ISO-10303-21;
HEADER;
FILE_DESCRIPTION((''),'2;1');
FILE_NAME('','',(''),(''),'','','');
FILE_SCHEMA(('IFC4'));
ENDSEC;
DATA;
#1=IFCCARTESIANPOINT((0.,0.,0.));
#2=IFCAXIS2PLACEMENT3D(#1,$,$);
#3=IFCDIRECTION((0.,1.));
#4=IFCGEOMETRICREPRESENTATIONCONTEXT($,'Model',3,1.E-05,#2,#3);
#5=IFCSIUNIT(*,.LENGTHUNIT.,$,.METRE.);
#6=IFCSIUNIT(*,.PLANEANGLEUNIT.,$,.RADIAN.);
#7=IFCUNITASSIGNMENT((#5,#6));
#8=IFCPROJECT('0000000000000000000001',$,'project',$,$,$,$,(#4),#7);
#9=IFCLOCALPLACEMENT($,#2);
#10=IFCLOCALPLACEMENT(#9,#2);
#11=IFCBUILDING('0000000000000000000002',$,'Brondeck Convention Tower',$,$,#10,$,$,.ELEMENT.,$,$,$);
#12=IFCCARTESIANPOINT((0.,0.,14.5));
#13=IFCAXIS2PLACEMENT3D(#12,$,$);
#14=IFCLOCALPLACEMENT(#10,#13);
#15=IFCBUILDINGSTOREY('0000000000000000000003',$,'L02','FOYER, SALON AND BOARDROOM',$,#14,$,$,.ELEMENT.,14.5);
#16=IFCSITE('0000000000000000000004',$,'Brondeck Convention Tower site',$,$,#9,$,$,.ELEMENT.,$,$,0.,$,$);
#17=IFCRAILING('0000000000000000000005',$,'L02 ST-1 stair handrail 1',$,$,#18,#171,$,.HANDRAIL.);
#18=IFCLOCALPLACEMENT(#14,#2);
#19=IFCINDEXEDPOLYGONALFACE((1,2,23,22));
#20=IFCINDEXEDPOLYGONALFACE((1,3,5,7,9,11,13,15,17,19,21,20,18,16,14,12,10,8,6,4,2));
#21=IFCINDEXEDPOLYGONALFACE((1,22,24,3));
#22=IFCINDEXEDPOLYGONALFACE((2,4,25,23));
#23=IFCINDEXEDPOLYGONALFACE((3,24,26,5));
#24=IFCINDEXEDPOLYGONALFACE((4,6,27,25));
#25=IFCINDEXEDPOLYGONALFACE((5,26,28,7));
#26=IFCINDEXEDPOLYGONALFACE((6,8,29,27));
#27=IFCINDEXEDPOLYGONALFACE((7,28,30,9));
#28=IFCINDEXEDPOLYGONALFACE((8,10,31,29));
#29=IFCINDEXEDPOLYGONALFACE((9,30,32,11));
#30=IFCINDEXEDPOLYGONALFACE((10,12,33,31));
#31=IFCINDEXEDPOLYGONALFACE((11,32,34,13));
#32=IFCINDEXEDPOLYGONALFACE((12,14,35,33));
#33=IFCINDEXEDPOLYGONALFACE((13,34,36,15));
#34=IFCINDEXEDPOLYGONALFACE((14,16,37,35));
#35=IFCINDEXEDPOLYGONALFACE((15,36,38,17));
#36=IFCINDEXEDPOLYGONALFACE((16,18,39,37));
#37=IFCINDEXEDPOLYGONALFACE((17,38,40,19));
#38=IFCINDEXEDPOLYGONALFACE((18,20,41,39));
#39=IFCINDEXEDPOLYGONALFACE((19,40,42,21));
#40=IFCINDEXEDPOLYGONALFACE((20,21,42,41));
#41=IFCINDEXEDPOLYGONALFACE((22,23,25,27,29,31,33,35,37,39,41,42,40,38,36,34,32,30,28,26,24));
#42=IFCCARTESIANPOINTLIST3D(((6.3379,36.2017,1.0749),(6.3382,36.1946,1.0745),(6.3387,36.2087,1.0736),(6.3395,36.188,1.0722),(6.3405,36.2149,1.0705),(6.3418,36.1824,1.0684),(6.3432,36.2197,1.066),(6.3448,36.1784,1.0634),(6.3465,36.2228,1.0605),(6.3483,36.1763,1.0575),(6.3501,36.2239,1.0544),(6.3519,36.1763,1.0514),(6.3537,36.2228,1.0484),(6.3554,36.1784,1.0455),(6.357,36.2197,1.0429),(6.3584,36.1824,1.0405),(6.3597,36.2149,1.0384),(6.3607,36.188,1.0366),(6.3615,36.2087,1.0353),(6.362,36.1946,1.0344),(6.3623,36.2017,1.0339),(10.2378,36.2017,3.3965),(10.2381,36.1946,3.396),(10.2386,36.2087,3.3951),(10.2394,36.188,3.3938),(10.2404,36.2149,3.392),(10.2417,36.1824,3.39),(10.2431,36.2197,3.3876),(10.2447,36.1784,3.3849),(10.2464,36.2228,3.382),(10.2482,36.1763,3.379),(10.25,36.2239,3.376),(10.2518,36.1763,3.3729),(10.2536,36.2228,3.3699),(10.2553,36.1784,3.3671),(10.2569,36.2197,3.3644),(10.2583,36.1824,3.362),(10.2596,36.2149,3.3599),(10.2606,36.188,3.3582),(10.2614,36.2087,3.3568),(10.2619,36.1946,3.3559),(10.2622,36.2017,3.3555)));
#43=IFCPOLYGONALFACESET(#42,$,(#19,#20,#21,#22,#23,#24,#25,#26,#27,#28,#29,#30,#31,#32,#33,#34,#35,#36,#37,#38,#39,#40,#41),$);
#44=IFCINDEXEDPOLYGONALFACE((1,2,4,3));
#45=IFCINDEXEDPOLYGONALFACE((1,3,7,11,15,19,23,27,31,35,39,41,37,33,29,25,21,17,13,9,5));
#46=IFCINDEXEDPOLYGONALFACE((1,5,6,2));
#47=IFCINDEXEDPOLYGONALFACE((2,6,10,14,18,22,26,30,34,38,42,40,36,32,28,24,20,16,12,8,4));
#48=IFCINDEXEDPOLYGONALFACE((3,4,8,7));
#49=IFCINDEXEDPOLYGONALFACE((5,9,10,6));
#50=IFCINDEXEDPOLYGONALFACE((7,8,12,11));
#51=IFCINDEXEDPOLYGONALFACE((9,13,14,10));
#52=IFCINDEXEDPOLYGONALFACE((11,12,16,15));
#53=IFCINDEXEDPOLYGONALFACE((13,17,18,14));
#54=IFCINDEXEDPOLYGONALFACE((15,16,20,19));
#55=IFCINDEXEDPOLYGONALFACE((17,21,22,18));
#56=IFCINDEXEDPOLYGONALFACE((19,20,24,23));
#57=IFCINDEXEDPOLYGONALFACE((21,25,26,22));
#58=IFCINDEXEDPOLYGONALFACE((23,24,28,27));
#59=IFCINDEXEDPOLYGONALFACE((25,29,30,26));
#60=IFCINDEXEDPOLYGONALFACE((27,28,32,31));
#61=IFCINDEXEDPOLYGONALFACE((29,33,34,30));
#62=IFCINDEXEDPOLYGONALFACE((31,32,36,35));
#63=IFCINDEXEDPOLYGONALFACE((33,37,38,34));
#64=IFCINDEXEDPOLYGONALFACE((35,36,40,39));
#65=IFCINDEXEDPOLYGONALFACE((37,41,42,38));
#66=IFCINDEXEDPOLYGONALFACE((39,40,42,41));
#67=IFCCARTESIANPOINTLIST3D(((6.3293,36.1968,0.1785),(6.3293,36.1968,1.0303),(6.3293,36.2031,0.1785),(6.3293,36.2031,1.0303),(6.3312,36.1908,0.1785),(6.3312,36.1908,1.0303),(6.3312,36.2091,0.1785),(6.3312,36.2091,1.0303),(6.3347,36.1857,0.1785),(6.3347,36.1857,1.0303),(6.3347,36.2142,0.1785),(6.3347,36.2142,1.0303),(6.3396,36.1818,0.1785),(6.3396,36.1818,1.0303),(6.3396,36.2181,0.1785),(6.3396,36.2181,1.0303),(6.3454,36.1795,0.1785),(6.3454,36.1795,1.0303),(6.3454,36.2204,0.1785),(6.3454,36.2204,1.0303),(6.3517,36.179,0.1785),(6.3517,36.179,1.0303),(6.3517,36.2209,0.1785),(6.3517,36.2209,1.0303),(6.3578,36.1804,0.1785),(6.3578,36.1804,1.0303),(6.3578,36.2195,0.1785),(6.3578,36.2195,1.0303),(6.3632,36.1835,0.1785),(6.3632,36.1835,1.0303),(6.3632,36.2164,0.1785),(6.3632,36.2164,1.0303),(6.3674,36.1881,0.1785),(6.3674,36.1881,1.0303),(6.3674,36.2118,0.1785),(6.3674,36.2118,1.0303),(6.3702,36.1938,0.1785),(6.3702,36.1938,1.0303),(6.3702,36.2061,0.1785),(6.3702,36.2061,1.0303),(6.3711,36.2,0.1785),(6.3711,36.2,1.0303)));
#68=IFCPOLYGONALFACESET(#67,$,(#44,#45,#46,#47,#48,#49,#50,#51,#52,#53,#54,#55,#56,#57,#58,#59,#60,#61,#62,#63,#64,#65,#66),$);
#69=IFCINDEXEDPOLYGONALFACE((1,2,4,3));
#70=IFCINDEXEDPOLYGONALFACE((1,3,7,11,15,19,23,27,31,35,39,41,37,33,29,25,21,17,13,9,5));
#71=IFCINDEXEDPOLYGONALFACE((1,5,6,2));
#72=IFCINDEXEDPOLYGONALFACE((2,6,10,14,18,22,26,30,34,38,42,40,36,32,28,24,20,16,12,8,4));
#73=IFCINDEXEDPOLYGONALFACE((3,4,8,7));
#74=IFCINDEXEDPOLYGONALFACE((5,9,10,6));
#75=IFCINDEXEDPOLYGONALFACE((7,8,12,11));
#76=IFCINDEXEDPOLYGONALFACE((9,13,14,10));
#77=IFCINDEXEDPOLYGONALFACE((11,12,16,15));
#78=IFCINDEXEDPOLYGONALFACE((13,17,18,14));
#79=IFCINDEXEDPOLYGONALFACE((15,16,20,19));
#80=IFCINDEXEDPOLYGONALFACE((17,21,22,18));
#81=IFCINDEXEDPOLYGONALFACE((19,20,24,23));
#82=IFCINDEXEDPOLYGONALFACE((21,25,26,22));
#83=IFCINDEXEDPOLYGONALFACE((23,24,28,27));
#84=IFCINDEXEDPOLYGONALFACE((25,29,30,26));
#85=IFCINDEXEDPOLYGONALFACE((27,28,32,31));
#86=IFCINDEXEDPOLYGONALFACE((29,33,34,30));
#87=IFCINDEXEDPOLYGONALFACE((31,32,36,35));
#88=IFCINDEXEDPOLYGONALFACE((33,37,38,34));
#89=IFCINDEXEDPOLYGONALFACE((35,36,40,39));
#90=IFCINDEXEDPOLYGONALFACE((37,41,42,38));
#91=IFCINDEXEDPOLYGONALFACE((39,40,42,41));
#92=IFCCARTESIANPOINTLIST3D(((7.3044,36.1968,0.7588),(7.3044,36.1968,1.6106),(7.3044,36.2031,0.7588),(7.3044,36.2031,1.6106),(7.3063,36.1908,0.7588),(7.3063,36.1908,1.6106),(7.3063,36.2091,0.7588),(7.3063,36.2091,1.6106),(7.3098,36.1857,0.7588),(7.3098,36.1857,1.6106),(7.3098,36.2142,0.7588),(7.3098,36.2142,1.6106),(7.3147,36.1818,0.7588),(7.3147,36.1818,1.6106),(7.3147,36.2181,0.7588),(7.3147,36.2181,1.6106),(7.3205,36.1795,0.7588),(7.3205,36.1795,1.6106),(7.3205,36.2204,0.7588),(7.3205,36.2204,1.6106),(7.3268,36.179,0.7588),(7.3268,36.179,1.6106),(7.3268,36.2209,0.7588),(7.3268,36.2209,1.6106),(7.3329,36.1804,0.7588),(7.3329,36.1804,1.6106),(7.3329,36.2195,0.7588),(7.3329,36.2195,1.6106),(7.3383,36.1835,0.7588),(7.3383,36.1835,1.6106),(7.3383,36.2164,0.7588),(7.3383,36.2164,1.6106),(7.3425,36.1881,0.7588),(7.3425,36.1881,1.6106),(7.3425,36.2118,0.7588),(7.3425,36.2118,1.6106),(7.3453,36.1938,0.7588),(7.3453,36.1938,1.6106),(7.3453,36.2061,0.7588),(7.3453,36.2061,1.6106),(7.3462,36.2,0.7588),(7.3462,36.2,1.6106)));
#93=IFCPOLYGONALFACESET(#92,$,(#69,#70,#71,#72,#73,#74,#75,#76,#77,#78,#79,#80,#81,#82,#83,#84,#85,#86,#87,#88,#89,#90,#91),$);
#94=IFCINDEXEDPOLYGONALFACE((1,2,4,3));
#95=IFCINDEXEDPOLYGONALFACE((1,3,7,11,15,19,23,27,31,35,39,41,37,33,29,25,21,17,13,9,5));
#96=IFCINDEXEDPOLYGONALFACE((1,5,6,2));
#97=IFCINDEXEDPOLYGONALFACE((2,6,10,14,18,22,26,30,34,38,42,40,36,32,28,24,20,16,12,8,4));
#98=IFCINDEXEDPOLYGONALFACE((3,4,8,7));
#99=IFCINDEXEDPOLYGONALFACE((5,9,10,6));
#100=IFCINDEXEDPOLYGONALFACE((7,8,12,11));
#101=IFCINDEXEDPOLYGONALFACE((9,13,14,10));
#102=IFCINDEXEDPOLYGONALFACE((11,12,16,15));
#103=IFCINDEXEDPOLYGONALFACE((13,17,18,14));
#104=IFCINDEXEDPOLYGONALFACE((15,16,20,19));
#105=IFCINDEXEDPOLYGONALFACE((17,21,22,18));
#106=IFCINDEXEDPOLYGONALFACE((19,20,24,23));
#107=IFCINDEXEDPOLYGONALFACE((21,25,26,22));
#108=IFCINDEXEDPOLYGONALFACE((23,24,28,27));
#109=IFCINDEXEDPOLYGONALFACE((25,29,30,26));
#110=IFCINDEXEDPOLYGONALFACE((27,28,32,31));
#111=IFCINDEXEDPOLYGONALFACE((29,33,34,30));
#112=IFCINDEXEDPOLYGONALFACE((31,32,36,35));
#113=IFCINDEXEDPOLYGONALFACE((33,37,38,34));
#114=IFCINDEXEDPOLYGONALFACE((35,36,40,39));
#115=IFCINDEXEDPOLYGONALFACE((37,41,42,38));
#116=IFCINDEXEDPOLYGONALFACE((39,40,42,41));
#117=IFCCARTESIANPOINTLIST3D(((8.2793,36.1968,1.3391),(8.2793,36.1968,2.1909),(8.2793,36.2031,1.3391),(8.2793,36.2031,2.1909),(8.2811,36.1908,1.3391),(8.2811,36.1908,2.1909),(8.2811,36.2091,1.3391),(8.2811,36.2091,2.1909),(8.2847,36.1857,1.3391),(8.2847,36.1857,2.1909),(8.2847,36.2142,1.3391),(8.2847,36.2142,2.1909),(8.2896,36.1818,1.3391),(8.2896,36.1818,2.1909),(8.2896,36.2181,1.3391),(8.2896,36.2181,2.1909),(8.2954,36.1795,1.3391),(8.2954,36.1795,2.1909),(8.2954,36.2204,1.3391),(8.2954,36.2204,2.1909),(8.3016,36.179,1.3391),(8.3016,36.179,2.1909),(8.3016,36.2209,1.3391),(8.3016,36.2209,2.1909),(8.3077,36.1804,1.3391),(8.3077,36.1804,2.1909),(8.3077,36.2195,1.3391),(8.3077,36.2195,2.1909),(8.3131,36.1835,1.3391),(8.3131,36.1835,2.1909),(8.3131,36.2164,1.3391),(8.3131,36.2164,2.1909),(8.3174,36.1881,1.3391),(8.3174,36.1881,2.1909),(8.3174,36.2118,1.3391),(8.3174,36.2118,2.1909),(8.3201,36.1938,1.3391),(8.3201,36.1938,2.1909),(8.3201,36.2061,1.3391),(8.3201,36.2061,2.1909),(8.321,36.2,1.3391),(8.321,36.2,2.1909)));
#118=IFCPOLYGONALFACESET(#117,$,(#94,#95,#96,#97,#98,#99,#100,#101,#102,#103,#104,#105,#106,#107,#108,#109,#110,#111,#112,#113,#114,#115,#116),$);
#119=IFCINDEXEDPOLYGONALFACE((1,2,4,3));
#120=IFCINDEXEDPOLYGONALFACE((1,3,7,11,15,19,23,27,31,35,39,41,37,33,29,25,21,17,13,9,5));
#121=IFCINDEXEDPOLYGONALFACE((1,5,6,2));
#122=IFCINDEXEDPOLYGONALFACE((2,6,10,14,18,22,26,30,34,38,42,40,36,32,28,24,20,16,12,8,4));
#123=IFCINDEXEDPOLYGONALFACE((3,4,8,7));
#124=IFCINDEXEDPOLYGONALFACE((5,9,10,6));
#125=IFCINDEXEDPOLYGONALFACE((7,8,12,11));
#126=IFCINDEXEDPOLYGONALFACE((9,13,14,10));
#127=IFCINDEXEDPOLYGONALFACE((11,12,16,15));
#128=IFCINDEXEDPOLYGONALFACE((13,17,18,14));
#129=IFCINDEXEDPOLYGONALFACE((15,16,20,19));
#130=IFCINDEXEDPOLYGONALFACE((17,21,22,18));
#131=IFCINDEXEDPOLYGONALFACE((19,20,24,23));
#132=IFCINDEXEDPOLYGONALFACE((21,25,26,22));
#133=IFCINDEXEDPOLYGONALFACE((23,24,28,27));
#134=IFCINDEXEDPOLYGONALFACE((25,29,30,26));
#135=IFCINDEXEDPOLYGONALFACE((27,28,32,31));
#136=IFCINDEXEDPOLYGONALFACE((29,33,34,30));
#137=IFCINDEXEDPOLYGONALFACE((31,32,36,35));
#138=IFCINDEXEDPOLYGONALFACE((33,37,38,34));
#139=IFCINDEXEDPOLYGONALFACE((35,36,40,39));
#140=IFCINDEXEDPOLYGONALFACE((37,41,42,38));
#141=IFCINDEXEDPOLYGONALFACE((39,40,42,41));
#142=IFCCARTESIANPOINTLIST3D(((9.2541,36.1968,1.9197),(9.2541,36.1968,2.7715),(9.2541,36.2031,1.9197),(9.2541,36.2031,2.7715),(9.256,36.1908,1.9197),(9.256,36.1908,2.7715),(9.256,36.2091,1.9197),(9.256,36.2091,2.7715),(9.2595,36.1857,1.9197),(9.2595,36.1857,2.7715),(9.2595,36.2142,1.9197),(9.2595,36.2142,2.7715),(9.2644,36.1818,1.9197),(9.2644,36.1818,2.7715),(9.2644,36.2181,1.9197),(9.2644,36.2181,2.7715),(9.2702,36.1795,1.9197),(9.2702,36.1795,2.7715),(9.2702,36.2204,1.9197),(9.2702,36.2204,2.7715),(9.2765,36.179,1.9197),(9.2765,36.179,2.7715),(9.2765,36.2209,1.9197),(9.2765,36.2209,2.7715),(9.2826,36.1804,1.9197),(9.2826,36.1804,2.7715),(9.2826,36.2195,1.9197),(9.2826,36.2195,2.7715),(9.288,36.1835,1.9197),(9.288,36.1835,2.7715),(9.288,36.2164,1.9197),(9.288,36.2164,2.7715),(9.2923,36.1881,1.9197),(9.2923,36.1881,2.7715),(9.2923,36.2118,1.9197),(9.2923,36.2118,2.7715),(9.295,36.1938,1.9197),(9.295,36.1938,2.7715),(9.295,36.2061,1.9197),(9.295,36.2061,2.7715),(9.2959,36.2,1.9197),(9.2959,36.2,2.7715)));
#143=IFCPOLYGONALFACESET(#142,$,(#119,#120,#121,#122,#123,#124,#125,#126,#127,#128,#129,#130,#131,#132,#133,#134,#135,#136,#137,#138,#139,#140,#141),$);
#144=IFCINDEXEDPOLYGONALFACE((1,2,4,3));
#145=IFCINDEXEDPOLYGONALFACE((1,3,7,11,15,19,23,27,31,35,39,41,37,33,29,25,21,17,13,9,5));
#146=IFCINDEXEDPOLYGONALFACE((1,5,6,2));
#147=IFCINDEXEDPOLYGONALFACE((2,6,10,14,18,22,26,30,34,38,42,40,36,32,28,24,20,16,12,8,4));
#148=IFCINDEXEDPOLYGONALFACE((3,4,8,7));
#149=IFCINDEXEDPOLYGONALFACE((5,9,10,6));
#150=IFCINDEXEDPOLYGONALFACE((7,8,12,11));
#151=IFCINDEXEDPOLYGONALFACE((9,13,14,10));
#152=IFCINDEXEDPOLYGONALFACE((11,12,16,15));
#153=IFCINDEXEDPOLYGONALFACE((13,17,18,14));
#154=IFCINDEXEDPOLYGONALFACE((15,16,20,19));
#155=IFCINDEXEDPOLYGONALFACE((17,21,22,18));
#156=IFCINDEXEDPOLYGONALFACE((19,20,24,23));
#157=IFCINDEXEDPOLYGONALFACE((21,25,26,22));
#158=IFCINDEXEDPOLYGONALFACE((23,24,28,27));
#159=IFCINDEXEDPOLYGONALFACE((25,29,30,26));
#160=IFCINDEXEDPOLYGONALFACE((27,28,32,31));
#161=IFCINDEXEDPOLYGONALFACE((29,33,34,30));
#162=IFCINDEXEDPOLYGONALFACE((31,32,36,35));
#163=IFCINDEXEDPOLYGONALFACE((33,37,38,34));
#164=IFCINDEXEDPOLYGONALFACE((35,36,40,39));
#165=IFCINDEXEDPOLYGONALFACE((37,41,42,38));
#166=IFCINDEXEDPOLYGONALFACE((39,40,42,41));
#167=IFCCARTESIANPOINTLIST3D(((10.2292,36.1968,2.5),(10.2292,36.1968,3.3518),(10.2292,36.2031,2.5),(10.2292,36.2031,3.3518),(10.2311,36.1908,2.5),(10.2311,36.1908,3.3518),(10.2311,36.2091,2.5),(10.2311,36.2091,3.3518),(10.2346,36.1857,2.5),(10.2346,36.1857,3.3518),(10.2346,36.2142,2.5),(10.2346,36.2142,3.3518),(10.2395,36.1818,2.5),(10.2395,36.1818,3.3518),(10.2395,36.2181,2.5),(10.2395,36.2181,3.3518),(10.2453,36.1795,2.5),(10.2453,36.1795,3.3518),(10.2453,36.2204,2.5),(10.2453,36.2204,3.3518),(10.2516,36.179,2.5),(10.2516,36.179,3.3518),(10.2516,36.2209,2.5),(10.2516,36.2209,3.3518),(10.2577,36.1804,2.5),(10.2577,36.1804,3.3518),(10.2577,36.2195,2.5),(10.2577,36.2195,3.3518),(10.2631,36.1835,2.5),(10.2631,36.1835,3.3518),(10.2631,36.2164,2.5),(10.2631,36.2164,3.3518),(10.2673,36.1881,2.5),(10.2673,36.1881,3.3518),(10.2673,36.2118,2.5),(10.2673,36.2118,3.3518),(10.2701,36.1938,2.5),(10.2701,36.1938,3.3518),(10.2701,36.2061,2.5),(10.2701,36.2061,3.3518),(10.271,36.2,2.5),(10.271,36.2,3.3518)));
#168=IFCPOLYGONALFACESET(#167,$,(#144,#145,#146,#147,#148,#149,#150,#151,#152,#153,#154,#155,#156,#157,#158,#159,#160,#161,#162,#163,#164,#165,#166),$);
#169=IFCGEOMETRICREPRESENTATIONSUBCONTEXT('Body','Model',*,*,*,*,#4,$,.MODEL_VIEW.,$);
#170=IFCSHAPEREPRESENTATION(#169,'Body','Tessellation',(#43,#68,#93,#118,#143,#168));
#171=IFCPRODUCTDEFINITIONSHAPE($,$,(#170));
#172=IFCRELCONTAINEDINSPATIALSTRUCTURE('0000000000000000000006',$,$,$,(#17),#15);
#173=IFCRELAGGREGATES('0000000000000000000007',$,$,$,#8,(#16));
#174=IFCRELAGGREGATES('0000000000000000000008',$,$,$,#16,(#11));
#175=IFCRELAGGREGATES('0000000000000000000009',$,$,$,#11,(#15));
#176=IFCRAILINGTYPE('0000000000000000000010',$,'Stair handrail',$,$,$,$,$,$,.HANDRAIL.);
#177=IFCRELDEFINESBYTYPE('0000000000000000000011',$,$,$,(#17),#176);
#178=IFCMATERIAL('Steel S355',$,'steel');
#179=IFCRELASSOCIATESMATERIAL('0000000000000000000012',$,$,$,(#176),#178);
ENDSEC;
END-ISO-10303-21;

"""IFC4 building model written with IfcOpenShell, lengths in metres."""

from ifc_helpers import new_model, si_unit, direction, frame, origin, origin_2d, place, context, subcontext, project, spatial, circle, extrude, material, type_object, element, save


model = new_model("IFC4")

# Units and contexts
model_context = context("Model", 3, precision=1e-05, world=origin(), true_north=direction((0.0, 1.0)))
body_context = subcontext(model_context, "Body", "Model", "MODEL_VIEW")
ifc_project = project(units=[si_unit("LENGTHUNIT", "METRE"), si_unit("PLANEANGLEUNIT", "RADIAN")], contexts=[model_context])

# Site, building, storey
site_placement = place(None, origin())
site = spatial("IfcSite", under=ifc_project, at=site_placement, Name="Brondeck Convention Tower site", CompositionType="ELEMENT", RefElevation=0.0)
building_placement = place(site_placement, origin())
building = spatial("IfcBuilding", under=site, at=building_placement, Name="Brondeck Convention Tower", CompositionType="ELEMENT")
storey_placement = place(building_placement, frame((0.0, 0.0, 14.5)))
storey = spatial("IfcBuildingStorey", under=building, at=storey_placement, Name="L02", Description="FOYER, SALON AND BOARDROOM", CompositionType="ELEMENT", Elevation=14.5)

# Railing
ifc_material_1 = material(Name="Steel S355", Category="steel")
railing_type_1 = type_object("IfcRailingType", Name="Stair handrail", PredefinedType="HANDRAIL", material=ifc_material_1)
railing_1_placement = place(storey_placement, frame((6.3501, 36.2, 0.1785)))
element("IfcRailing", 1, at=railing_1_placement, inside=storey, type_object=railing_type_1, Name="L02 ST-1 stair handrail 1", PredefinedType="HANDRAIL", context=body_context, shape_type="SweptSolid", body=[
    extrude(circle(Radius=0.0239, at=origin_2d()), frame((0.0, 0.0, 0.876), z_axis=(0.859277, 0.0, 0.51151), x_axis=(0.0, 1.0, 0.0)), (0.0, 0.0, 1.0), 4.5386),
    extrude(circle(Radius=0.021, at=origin_2d()), origin(), (0.0, 0.0, 1.0), 0.8518),
    extrude(circle(Radius=0.021, at=origin_2d()), frame((0.9751, 0.0, 0.5803)), (0.0, 0.0, 1.0), 0.8518),
    extrude(circle(Radius=0.021, at=origin_2d()), frame((1.95, 0.0, 1.1606)), (0.0, 0.0, 1.0), 0.8518),
    extrude(circle(Radius=0.021, at=origin_2d()), frame((2.9248, 0.0, 1.7412)), (0.0, 0.0, 1.0), 0.8518),
    extrude(circle(Radius=0.021, at=origin_2d()), frame((3.8999, 0.0, 2.3215)), (0.0, 0.0, 1.0), 0.8518),
])

save(model, "model.ifc")
